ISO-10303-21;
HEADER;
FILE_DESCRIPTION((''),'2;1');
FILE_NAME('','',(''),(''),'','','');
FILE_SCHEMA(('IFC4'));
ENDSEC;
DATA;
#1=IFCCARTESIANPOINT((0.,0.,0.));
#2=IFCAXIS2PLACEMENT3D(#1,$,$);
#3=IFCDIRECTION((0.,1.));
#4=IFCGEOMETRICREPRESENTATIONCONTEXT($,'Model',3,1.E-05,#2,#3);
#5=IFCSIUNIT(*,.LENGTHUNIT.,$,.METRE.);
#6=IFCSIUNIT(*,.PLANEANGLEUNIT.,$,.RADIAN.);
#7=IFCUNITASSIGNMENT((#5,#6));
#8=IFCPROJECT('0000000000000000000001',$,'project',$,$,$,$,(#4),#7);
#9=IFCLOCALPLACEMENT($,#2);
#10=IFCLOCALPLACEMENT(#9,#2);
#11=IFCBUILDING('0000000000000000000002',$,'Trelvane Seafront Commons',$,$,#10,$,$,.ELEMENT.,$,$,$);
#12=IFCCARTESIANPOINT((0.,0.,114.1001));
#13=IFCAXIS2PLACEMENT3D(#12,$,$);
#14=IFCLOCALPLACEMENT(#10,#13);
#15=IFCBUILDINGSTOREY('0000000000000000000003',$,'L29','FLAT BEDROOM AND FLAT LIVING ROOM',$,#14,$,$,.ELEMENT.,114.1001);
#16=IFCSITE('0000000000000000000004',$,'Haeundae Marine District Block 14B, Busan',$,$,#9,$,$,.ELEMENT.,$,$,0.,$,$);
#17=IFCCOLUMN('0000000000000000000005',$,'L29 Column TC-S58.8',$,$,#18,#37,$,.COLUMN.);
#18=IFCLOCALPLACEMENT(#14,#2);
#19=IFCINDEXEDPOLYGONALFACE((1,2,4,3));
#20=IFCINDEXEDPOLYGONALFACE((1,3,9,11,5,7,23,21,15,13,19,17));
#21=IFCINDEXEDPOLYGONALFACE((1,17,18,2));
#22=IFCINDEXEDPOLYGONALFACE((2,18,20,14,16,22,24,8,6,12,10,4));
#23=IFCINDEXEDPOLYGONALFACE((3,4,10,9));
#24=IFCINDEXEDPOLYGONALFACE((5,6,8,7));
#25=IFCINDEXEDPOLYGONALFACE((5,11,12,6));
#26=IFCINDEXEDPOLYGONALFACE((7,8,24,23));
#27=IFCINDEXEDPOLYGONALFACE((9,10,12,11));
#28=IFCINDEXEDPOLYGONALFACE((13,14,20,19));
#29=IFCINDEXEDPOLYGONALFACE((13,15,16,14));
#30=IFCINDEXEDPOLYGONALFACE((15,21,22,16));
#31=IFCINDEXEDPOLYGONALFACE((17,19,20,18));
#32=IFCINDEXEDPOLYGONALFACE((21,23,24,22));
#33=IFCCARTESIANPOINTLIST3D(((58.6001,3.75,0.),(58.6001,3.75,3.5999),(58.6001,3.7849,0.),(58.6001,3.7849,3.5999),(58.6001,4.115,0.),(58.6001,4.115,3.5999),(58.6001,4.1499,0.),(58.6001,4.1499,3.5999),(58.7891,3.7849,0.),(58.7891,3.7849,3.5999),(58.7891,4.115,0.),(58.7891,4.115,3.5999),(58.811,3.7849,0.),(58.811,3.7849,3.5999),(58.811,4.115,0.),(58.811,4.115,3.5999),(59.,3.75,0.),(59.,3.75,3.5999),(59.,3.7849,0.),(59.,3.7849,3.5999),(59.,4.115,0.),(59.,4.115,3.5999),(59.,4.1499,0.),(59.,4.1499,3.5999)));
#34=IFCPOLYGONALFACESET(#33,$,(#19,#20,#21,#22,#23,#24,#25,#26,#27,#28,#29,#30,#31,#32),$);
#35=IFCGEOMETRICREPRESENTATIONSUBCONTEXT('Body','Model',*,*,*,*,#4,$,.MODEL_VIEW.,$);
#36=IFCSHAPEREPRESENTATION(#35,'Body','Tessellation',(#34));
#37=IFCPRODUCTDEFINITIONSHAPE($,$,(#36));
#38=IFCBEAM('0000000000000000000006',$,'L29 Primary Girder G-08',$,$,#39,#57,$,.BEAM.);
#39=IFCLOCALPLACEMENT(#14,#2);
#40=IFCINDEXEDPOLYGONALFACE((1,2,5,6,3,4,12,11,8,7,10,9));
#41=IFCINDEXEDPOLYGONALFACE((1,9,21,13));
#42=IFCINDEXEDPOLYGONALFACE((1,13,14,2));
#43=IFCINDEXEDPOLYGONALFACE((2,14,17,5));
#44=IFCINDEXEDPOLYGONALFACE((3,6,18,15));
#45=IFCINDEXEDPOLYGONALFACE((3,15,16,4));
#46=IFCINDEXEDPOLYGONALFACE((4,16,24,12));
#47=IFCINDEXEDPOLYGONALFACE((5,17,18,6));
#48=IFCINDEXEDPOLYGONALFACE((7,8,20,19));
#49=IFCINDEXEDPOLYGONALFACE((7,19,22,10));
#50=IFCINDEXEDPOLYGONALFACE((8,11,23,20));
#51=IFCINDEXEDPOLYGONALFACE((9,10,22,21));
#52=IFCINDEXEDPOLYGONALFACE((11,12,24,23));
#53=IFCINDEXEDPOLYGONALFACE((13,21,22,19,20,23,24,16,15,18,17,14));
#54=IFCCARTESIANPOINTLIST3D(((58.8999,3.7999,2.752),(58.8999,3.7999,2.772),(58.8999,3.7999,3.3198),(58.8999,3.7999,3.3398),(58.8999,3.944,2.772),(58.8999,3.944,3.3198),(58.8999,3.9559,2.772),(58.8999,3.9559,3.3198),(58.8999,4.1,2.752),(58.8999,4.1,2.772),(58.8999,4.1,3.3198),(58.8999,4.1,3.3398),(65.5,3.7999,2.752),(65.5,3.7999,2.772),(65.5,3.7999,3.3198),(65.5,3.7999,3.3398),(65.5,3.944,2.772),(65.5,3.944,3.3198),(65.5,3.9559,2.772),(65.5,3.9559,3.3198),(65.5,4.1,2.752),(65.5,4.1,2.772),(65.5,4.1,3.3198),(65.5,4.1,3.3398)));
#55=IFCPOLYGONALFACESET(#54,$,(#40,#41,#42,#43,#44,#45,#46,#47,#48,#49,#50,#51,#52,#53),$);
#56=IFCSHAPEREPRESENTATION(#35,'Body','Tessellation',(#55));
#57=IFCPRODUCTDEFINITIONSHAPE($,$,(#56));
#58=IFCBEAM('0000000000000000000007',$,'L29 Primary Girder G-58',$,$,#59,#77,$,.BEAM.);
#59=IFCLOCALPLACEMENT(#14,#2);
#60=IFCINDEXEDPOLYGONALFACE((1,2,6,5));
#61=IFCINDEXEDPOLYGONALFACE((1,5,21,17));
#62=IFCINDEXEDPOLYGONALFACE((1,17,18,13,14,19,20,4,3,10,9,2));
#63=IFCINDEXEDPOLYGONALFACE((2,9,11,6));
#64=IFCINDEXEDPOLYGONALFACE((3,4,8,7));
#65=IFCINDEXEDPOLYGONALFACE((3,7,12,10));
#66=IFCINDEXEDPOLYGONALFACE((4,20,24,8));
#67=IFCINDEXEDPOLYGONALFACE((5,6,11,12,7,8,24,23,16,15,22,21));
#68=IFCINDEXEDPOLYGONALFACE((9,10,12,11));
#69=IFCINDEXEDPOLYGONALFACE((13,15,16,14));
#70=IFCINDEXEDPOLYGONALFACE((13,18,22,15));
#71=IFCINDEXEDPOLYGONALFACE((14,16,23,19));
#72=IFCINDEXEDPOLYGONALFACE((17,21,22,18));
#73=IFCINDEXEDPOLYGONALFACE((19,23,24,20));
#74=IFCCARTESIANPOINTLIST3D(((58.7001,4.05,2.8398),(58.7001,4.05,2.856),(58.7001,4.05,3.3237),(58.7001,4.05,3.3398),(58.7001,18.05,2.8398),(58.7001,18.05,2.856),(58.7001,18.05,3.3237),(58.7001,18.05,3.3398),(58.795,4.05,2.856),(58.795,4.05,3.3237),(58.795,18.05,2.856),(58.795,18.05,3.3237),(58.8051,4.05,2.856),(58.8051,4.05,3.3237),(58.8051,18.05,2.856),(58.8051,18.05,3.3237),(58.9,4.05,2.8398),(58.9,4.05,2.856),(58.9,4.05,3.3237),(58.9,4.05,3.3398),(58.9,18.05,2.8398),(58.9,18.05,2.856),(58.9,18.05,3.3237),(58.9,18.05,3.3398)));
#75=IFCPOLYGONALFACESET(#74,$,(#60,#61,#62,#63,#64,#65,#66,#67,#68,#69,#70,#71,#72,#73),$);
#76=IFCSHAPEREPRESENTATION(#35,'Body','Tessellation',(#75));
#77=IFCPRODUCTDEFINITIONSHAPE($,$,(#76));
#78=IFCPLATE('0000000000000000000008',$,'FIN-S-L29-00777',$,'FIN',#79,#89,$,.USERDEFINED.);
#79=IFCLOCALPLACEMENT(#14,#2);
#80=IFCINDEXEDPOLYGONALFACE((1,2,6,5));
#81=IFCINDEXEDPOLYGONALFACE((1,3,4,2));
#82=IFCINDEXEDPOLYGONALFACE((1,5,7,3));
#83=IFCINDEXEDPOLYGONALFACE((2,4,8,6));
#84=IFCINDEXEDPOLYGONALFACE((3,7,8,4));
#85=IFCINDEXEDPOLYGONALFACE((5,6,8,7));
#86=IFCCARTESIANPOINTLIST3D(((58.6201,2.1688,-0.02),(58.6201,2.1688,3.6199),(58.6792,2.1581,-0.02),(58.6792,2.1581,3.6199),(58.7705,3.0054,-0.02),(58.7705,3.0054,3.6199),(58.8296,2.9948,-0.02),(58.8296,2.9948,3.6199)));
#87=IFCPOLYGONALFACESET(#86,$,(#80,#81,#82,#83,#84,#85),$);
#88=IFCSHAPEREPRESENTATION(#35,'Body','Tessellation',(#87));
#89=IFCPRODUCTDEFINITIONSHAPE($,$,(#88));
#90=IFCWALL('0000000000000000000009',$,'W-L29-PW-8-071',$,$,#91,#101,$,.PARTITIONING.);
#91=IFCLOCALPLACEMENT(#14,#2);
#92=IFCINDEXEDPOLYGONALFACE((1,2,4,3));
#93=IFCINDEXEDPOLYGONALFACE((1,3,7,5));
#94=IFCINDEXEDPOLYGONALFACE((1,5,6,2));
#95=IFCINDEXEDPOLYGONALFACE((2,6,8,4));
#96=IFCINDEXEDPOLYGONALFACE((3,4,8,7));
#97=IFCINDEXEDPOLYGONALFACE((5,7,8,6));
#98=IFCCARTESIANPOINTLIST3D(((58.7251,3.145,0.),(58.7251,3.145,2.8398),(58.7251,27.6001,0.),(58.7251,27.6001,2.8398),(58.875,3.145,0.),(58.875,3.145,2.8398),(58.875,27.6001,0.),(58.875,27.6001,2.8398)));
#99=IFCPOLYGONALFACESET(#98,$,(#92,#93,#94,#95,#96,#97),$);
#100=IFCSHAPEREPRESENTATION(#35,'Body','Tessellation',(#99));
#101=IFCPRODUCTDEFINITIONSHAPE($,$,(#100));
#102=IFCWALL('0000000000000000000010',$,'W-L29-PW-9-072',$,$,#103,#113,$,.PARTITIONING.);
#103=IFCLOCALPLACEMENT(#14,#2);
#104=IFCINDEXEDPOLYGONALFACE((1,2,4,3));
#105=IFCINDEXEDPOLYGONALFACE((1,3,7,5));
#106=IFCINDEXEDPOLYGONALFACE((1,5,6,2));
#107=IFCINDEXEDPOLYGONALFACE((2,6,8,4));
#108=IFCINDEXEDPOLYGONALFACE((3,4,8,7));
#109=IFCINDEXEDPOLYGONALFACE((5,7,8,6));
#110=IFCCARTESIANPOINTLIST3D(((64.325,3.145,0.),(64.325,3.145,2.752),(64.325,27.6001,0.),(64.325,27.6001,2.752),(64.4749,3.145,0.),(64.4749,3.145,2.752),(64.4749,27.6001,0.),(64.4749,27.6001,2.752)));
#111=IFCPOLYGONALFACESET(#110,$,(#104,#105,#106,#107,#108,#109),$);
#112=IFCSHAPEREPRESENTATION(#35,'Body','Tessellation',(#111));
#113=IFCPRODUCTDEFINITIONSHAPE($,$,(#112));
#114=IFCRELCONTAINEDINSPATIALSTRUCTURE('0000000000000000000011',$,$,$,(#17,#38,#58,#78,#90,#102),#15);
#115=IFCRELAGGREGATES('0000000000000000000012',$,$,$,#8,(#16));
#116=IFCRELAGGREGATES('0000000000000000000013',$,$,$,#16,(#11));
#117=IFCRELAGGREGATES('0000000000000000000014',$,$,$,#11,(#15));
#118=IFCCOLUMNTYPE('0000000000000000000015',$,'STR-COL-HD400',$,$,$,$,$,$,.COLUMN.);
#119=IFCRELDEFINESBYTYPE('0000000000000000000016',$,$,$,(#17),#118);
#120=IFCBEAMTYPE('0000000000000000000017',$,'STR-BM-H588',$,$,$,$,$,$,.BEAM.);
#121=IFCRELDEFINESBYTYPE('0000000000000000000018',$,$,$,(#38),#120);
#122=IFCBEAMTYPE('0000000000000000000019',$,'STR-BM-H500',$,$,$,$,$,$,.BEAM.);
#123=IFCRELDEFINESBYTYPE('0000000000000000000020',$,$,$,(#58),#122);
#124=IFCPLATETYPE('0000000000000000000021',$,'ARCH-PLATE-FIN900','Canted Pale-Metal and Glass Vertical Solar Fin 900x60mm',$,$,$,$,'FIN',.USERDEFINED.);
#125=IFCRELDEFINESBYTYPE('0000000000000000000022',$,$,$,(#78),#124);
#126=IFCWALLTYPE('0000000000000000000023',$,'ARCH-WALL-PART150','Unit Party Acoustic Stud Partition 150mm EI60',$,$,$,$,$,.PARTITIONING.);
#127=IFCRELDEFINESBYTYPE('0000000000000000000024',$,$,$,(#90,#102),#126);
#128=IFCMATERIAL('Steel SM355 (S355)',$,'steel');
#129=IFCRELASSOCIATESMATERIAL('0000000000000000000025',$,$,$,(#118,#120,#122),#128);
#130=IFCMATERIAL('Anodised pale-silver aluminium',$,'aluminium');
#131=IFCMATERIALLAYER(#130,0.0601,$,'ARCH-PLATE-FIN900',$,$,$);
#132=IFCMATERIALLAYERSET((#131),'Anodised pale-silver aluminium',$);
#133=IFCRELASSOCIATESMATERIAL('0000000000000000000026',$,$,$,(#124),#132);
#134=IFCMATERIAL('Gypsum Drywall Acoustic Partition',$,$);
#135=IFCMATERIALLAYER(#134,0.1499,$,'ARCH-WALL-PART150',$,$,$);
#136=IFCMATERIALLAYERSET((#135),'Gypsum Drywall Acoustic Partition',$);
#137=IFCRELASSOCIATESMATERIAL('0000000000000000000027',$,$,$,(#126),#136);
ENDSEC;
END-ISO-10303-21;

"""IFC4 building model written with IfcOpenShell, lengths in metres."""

from ifc_helpers import new_model, si_unit, direction, frame, frame_2d, origin, origin_2d, place, context, subcontext, project, spatial, rectangle, i_section, extrude, source, transform, mapped, material, layer, layer_set, material_profile, profile_set, type_object, element, save


model = new_model("IFC4")

# Units and contexts
model_context = context("Model", 3, precision=1e-05, world=origin(), true_north=direction((0.0, 1.0)))
body_context = subcontext(model_context, "Body", "Model", "MODEL_VIEW")
ifc_project = project(units=[si_unit("LENGTHUNIT", "METRE"), si_unit("PLANEANGLEUNIT", "RADIAN")], contexts=[model_context])

# Site, building, storey
site_placement = place(None, origin())
site = spatial("IfcSite", under=ifc_project, at=site_placement, Name="Haeundae Marine District Block 14B, Busan", CompositionType="ELEMENT", RefElevation=0.0)
building_placement = place(site_placement, origin())
building = spatial("IfcBuilding", under=site, at=building_placement, Name="Trelvane Seafront Commons", CompositionType="ELEMENT")
storey_placement = place(building_placement, frame((0.0, 0.0, 114.1001)))
storey = spatial("IfcBuildingStorey", under=building, at=storey_placement, Name="L29", Description="FLAT BEDROOM AND FLAT LIVING ROOM", CompositionType="ELEMENT", Elevation=114.1001)

# Column
ifc_material_1 = material(Name="Steel SM355 (S355)", Category="steel")
ifc_material_profile_1 = material_profile(ifc_material_1, i_section(OverallWidth=0.3999, OverallDepth=0.3999, WebThickness=0.022, FlangeThickness=0.0349, at=origin_2d()), Name="HD-400x400x22x35")
ifc_profile_set_1 = profile_set([ifc_material_profile_1], Name="Steel SM355 (S355)")
column_type = type_object("IfcColumnType", Name="STR-COL-HD400", PredefinedType="COLUMN", material=ifc_profile_set_1)
shared_shape_1 = source(origin(), body_context, "Body", "SweptSolid", [
    extrude(i_section(OverallWidth=0.3999, OverallDepth=0.3999, WebThickness=0.022, FlangeThickness=0.0349, at=origin_2d()), origin(), (0.0, 0.0, 1.0), 3.5999),
])
column_placement = place(storey_placement, frame((58.8, 3.95, 0.0), z_axis=(0.0, 0.0, 1.0), x_axis=(1.0, 0.0, 0.0)))
element("IfcColumn", 1, at=column_placement, inside=storey, type_object=column_type, Name="L29 Column TC-S58.8", PredefinedType="COLUMN", context=body_context, shape_type="MappedRepresentation", body=[
    mapped(shared_shape_1, transform((0.0, 0.0, 0.0), x_axis=(1.0, 0.0, 0.0), y_axis=(0.0, 1.0, 0.0), z_axis=(0.0, 0.0, 1.0), scale=1.0)),
])

# Beams
ifc_material_profile_2 = material_profile(ifc_material_1, i_section(OverallWidth=0.3, OverallDepth=0.5879, WebThickness=0.012, FlangeThickness=0.02, at=origin_2d()), Name="H-588x300x12x20")
ifc_profile_set_2 = profile_set([ifc_material_profile_2], Name="Steel SM355 (S355)")
beam_type_1 = type_object("IfcBeamType", Name="STR-BM-H588", PredefinedType="BEAM", material=ifc_profile_set_2)
shared_shape_2 = source(origin(), body_context, "Body", "SweptSolid", [
    extrude(i_section(OverallWidth=0.3, OverallDepth=0.5879, WebThickness=0.012, FlangeThickness=0.02, at=origin_2d()), origin(), (0.0, 0.0, 1.0), 6.6001),
])
beam_1_placement = place(storey_placement, frame((58.8999, 3.95, 3.0459), z_axis=(1.0, 0.0, 0.0), x_axis=(0.0, 1.0, 0.0)))
element("IfcBeam", 2, at=beam_1_placement, inside=storey, type_object=beam_type_1, Name="L29 Primary Girder G-08", PredefinedType="BEAM", context=body_context, shape_type="MappedRepresentation", body=[
    mapped(shared_shape_2, transform((0.0, 0.0, 0.0), x_axis=(1.0, 0.0, 0.0), y_axis=(0.0, 1.0, 0.0), z_axis=(0.0, 0.0, 1.0), scale=1.0)),
])
ifc_material_profile_3 = material_profile(ifc_material_1, i_section(OverallWidth=0.2, OverallDepth=0.5, WebThickness=0.01, FlangeThickness=0.0161, at=origin_2d()), Name="H-500x200x10x16")
ifc_profile_set_3 = profile_set([ifc_material_profile_3], Name="Steel SM355 (S355)")
beam_type_2 = type_object("IfcBeamType", Name="STR-BM-H500", PredefinedType="BEAM", material=ifc_profile_set_3)
shared_shape_3 = source(origin(), body_context, "Body", "SweptSolid", [
    extrude(i_section(OverallWidth=0.2, OverallDepth=0.5, WebThickness=0.01, FlangeThickness=0.0161, at=origin_2d()), origin(), (0.0, 0.0, 1.0), 14.0),
])
beam_2_placement = place(storey_placement, frame((58.8, 4.05, 3.0898), z_axis=(0.0, 1.0, 0.0), x_axis=(-1.0, 0.0, 0.0)))
element("IfcBeam", 3, at=beam_2_placement, inside=storey, type_object=beam_type_2, Name="L29 Primary Girder G-58", PredefinedType="BEAM", context=body_context, shape_type="MappedRepresentation", body=[
    mapped(shared_shape_3, transform((0.0, 0.0, 0.0), x_axis=(1.0, 0.0, 0.0), y_axis=(0.0, 1.0, 0.0), z_axis=(0.0, 0.0, 1.0), scale=1.0)),
])

# Plate
ifc_material_2 = material(Name="Anodised pale-silver aluminium", Category="aluminium")
ifc_layer_1 = layer(ifc_material_2, 0.0601, Name="ARCH-PLATE-FIN900")
ifc_layer_set_1 = layer_set([ifc_layer_1], Name="Anodised pale-silver aluminium")
plate_type = type_object("IfcPlateType", Name="ARCH-PLATE-FIN900", Description="Canted Pale-Metal and Glass Vertical Solar Fin 900x60mm", ElementType="FIN", PredefinedType="USERDEFINED", material=ifc_layer_set_1)
shared_shape_4 = source(origin(), body_context, "Body", "SweptSolid", [
    extrude(rectangle(XDim=0.8501, YDim=0.0601, at=origin_2d()), origin(), (0.0, 0.0, 1.0), 3.6399),
])
plate_placement = place(storey_placement, frame((58.7249, 2.5818, -0.02), z_axis=(0.0, 0.0, 1.0), x_axis=(-0.176939, -0.984222, 0.0)))
element("IfcPlate", 4, at=plate_placement, inside=storey, type_object=plate_type, Name="FIN-S-L29-00777", ObjectType="FIN", PredefinedType="USERDEFINED", context=body_context, shape_type="MappedRepresentation", body=[
    mapped(shared_shape_4, transform((0.0, 0.0, 0.0), x_axis=(1.0, 0.0, 0.0), y_axis=(0.0, 1.0, 0.0), z_axis=(0.0, 0.0, 1.0), scale=1.0)),
])

# Walls
ifc_material_3 = material(Name="Gypsum Drywall Acoustic Partition")
ifc_layer_2 = layer(ifc_material_3, 0.1499, Name="ARCH-WALL-PART150")
ifc_layer_set_2 = layer_set([ifc_layer_2], Name="Gypsum Drywall Acoustic Partition")
wall_type = type_object("IfcWallType", Name="ARCH-WALL-PART150", Description="Unit Party Acoustic Stud Partition 150mm EI60", PredefinedType="PARTITIONING", material=ifc_layer_set_2)
wall_1_placement = place(storey_placement, frame((58.8, 3.145, 0.0), z_axis=(0.0, 0.0, 1.0), x_axis=(0.0, 1.0, 0.0)))
element("IfcWall", 5, at=wall_1_placement, inside=storey, type_object=wall_type, Name="W-L29-PW-8-071", PredefinedType="PARTITIONING", context=body_context, shape_type="SweptSolid", body=[
    extrude(rectangle(XDim=24.4551, YDim=0.1499, at=frame_2d((12.2275, 0.0))), origin(), (0.0, 0.0, 1.0), 2.8398),
])
wall_2_placement = place(storey_placement, frame((64.3999, 3.145, 0.0), z_axis=(0.0, 0.0, 1.0), x_axis=(0.0, 1.0, 0.0)))
element("IfcWall", 6, at=wall_2_placement, inside=storey, type_object=wall_type, Name="W-L29-PW-9-072", PredefinedType="PARTITIONING", context=body_context, shape_type="SweptSolid", body=[
    extrude(rectangle(XDim=24.4551, YDim=0.1499, at=frame_2d((12.2275, 0.0))), origin(), (0.0, 0.0, 1.0), 2.752),
])

save(model, "model.ifc")
